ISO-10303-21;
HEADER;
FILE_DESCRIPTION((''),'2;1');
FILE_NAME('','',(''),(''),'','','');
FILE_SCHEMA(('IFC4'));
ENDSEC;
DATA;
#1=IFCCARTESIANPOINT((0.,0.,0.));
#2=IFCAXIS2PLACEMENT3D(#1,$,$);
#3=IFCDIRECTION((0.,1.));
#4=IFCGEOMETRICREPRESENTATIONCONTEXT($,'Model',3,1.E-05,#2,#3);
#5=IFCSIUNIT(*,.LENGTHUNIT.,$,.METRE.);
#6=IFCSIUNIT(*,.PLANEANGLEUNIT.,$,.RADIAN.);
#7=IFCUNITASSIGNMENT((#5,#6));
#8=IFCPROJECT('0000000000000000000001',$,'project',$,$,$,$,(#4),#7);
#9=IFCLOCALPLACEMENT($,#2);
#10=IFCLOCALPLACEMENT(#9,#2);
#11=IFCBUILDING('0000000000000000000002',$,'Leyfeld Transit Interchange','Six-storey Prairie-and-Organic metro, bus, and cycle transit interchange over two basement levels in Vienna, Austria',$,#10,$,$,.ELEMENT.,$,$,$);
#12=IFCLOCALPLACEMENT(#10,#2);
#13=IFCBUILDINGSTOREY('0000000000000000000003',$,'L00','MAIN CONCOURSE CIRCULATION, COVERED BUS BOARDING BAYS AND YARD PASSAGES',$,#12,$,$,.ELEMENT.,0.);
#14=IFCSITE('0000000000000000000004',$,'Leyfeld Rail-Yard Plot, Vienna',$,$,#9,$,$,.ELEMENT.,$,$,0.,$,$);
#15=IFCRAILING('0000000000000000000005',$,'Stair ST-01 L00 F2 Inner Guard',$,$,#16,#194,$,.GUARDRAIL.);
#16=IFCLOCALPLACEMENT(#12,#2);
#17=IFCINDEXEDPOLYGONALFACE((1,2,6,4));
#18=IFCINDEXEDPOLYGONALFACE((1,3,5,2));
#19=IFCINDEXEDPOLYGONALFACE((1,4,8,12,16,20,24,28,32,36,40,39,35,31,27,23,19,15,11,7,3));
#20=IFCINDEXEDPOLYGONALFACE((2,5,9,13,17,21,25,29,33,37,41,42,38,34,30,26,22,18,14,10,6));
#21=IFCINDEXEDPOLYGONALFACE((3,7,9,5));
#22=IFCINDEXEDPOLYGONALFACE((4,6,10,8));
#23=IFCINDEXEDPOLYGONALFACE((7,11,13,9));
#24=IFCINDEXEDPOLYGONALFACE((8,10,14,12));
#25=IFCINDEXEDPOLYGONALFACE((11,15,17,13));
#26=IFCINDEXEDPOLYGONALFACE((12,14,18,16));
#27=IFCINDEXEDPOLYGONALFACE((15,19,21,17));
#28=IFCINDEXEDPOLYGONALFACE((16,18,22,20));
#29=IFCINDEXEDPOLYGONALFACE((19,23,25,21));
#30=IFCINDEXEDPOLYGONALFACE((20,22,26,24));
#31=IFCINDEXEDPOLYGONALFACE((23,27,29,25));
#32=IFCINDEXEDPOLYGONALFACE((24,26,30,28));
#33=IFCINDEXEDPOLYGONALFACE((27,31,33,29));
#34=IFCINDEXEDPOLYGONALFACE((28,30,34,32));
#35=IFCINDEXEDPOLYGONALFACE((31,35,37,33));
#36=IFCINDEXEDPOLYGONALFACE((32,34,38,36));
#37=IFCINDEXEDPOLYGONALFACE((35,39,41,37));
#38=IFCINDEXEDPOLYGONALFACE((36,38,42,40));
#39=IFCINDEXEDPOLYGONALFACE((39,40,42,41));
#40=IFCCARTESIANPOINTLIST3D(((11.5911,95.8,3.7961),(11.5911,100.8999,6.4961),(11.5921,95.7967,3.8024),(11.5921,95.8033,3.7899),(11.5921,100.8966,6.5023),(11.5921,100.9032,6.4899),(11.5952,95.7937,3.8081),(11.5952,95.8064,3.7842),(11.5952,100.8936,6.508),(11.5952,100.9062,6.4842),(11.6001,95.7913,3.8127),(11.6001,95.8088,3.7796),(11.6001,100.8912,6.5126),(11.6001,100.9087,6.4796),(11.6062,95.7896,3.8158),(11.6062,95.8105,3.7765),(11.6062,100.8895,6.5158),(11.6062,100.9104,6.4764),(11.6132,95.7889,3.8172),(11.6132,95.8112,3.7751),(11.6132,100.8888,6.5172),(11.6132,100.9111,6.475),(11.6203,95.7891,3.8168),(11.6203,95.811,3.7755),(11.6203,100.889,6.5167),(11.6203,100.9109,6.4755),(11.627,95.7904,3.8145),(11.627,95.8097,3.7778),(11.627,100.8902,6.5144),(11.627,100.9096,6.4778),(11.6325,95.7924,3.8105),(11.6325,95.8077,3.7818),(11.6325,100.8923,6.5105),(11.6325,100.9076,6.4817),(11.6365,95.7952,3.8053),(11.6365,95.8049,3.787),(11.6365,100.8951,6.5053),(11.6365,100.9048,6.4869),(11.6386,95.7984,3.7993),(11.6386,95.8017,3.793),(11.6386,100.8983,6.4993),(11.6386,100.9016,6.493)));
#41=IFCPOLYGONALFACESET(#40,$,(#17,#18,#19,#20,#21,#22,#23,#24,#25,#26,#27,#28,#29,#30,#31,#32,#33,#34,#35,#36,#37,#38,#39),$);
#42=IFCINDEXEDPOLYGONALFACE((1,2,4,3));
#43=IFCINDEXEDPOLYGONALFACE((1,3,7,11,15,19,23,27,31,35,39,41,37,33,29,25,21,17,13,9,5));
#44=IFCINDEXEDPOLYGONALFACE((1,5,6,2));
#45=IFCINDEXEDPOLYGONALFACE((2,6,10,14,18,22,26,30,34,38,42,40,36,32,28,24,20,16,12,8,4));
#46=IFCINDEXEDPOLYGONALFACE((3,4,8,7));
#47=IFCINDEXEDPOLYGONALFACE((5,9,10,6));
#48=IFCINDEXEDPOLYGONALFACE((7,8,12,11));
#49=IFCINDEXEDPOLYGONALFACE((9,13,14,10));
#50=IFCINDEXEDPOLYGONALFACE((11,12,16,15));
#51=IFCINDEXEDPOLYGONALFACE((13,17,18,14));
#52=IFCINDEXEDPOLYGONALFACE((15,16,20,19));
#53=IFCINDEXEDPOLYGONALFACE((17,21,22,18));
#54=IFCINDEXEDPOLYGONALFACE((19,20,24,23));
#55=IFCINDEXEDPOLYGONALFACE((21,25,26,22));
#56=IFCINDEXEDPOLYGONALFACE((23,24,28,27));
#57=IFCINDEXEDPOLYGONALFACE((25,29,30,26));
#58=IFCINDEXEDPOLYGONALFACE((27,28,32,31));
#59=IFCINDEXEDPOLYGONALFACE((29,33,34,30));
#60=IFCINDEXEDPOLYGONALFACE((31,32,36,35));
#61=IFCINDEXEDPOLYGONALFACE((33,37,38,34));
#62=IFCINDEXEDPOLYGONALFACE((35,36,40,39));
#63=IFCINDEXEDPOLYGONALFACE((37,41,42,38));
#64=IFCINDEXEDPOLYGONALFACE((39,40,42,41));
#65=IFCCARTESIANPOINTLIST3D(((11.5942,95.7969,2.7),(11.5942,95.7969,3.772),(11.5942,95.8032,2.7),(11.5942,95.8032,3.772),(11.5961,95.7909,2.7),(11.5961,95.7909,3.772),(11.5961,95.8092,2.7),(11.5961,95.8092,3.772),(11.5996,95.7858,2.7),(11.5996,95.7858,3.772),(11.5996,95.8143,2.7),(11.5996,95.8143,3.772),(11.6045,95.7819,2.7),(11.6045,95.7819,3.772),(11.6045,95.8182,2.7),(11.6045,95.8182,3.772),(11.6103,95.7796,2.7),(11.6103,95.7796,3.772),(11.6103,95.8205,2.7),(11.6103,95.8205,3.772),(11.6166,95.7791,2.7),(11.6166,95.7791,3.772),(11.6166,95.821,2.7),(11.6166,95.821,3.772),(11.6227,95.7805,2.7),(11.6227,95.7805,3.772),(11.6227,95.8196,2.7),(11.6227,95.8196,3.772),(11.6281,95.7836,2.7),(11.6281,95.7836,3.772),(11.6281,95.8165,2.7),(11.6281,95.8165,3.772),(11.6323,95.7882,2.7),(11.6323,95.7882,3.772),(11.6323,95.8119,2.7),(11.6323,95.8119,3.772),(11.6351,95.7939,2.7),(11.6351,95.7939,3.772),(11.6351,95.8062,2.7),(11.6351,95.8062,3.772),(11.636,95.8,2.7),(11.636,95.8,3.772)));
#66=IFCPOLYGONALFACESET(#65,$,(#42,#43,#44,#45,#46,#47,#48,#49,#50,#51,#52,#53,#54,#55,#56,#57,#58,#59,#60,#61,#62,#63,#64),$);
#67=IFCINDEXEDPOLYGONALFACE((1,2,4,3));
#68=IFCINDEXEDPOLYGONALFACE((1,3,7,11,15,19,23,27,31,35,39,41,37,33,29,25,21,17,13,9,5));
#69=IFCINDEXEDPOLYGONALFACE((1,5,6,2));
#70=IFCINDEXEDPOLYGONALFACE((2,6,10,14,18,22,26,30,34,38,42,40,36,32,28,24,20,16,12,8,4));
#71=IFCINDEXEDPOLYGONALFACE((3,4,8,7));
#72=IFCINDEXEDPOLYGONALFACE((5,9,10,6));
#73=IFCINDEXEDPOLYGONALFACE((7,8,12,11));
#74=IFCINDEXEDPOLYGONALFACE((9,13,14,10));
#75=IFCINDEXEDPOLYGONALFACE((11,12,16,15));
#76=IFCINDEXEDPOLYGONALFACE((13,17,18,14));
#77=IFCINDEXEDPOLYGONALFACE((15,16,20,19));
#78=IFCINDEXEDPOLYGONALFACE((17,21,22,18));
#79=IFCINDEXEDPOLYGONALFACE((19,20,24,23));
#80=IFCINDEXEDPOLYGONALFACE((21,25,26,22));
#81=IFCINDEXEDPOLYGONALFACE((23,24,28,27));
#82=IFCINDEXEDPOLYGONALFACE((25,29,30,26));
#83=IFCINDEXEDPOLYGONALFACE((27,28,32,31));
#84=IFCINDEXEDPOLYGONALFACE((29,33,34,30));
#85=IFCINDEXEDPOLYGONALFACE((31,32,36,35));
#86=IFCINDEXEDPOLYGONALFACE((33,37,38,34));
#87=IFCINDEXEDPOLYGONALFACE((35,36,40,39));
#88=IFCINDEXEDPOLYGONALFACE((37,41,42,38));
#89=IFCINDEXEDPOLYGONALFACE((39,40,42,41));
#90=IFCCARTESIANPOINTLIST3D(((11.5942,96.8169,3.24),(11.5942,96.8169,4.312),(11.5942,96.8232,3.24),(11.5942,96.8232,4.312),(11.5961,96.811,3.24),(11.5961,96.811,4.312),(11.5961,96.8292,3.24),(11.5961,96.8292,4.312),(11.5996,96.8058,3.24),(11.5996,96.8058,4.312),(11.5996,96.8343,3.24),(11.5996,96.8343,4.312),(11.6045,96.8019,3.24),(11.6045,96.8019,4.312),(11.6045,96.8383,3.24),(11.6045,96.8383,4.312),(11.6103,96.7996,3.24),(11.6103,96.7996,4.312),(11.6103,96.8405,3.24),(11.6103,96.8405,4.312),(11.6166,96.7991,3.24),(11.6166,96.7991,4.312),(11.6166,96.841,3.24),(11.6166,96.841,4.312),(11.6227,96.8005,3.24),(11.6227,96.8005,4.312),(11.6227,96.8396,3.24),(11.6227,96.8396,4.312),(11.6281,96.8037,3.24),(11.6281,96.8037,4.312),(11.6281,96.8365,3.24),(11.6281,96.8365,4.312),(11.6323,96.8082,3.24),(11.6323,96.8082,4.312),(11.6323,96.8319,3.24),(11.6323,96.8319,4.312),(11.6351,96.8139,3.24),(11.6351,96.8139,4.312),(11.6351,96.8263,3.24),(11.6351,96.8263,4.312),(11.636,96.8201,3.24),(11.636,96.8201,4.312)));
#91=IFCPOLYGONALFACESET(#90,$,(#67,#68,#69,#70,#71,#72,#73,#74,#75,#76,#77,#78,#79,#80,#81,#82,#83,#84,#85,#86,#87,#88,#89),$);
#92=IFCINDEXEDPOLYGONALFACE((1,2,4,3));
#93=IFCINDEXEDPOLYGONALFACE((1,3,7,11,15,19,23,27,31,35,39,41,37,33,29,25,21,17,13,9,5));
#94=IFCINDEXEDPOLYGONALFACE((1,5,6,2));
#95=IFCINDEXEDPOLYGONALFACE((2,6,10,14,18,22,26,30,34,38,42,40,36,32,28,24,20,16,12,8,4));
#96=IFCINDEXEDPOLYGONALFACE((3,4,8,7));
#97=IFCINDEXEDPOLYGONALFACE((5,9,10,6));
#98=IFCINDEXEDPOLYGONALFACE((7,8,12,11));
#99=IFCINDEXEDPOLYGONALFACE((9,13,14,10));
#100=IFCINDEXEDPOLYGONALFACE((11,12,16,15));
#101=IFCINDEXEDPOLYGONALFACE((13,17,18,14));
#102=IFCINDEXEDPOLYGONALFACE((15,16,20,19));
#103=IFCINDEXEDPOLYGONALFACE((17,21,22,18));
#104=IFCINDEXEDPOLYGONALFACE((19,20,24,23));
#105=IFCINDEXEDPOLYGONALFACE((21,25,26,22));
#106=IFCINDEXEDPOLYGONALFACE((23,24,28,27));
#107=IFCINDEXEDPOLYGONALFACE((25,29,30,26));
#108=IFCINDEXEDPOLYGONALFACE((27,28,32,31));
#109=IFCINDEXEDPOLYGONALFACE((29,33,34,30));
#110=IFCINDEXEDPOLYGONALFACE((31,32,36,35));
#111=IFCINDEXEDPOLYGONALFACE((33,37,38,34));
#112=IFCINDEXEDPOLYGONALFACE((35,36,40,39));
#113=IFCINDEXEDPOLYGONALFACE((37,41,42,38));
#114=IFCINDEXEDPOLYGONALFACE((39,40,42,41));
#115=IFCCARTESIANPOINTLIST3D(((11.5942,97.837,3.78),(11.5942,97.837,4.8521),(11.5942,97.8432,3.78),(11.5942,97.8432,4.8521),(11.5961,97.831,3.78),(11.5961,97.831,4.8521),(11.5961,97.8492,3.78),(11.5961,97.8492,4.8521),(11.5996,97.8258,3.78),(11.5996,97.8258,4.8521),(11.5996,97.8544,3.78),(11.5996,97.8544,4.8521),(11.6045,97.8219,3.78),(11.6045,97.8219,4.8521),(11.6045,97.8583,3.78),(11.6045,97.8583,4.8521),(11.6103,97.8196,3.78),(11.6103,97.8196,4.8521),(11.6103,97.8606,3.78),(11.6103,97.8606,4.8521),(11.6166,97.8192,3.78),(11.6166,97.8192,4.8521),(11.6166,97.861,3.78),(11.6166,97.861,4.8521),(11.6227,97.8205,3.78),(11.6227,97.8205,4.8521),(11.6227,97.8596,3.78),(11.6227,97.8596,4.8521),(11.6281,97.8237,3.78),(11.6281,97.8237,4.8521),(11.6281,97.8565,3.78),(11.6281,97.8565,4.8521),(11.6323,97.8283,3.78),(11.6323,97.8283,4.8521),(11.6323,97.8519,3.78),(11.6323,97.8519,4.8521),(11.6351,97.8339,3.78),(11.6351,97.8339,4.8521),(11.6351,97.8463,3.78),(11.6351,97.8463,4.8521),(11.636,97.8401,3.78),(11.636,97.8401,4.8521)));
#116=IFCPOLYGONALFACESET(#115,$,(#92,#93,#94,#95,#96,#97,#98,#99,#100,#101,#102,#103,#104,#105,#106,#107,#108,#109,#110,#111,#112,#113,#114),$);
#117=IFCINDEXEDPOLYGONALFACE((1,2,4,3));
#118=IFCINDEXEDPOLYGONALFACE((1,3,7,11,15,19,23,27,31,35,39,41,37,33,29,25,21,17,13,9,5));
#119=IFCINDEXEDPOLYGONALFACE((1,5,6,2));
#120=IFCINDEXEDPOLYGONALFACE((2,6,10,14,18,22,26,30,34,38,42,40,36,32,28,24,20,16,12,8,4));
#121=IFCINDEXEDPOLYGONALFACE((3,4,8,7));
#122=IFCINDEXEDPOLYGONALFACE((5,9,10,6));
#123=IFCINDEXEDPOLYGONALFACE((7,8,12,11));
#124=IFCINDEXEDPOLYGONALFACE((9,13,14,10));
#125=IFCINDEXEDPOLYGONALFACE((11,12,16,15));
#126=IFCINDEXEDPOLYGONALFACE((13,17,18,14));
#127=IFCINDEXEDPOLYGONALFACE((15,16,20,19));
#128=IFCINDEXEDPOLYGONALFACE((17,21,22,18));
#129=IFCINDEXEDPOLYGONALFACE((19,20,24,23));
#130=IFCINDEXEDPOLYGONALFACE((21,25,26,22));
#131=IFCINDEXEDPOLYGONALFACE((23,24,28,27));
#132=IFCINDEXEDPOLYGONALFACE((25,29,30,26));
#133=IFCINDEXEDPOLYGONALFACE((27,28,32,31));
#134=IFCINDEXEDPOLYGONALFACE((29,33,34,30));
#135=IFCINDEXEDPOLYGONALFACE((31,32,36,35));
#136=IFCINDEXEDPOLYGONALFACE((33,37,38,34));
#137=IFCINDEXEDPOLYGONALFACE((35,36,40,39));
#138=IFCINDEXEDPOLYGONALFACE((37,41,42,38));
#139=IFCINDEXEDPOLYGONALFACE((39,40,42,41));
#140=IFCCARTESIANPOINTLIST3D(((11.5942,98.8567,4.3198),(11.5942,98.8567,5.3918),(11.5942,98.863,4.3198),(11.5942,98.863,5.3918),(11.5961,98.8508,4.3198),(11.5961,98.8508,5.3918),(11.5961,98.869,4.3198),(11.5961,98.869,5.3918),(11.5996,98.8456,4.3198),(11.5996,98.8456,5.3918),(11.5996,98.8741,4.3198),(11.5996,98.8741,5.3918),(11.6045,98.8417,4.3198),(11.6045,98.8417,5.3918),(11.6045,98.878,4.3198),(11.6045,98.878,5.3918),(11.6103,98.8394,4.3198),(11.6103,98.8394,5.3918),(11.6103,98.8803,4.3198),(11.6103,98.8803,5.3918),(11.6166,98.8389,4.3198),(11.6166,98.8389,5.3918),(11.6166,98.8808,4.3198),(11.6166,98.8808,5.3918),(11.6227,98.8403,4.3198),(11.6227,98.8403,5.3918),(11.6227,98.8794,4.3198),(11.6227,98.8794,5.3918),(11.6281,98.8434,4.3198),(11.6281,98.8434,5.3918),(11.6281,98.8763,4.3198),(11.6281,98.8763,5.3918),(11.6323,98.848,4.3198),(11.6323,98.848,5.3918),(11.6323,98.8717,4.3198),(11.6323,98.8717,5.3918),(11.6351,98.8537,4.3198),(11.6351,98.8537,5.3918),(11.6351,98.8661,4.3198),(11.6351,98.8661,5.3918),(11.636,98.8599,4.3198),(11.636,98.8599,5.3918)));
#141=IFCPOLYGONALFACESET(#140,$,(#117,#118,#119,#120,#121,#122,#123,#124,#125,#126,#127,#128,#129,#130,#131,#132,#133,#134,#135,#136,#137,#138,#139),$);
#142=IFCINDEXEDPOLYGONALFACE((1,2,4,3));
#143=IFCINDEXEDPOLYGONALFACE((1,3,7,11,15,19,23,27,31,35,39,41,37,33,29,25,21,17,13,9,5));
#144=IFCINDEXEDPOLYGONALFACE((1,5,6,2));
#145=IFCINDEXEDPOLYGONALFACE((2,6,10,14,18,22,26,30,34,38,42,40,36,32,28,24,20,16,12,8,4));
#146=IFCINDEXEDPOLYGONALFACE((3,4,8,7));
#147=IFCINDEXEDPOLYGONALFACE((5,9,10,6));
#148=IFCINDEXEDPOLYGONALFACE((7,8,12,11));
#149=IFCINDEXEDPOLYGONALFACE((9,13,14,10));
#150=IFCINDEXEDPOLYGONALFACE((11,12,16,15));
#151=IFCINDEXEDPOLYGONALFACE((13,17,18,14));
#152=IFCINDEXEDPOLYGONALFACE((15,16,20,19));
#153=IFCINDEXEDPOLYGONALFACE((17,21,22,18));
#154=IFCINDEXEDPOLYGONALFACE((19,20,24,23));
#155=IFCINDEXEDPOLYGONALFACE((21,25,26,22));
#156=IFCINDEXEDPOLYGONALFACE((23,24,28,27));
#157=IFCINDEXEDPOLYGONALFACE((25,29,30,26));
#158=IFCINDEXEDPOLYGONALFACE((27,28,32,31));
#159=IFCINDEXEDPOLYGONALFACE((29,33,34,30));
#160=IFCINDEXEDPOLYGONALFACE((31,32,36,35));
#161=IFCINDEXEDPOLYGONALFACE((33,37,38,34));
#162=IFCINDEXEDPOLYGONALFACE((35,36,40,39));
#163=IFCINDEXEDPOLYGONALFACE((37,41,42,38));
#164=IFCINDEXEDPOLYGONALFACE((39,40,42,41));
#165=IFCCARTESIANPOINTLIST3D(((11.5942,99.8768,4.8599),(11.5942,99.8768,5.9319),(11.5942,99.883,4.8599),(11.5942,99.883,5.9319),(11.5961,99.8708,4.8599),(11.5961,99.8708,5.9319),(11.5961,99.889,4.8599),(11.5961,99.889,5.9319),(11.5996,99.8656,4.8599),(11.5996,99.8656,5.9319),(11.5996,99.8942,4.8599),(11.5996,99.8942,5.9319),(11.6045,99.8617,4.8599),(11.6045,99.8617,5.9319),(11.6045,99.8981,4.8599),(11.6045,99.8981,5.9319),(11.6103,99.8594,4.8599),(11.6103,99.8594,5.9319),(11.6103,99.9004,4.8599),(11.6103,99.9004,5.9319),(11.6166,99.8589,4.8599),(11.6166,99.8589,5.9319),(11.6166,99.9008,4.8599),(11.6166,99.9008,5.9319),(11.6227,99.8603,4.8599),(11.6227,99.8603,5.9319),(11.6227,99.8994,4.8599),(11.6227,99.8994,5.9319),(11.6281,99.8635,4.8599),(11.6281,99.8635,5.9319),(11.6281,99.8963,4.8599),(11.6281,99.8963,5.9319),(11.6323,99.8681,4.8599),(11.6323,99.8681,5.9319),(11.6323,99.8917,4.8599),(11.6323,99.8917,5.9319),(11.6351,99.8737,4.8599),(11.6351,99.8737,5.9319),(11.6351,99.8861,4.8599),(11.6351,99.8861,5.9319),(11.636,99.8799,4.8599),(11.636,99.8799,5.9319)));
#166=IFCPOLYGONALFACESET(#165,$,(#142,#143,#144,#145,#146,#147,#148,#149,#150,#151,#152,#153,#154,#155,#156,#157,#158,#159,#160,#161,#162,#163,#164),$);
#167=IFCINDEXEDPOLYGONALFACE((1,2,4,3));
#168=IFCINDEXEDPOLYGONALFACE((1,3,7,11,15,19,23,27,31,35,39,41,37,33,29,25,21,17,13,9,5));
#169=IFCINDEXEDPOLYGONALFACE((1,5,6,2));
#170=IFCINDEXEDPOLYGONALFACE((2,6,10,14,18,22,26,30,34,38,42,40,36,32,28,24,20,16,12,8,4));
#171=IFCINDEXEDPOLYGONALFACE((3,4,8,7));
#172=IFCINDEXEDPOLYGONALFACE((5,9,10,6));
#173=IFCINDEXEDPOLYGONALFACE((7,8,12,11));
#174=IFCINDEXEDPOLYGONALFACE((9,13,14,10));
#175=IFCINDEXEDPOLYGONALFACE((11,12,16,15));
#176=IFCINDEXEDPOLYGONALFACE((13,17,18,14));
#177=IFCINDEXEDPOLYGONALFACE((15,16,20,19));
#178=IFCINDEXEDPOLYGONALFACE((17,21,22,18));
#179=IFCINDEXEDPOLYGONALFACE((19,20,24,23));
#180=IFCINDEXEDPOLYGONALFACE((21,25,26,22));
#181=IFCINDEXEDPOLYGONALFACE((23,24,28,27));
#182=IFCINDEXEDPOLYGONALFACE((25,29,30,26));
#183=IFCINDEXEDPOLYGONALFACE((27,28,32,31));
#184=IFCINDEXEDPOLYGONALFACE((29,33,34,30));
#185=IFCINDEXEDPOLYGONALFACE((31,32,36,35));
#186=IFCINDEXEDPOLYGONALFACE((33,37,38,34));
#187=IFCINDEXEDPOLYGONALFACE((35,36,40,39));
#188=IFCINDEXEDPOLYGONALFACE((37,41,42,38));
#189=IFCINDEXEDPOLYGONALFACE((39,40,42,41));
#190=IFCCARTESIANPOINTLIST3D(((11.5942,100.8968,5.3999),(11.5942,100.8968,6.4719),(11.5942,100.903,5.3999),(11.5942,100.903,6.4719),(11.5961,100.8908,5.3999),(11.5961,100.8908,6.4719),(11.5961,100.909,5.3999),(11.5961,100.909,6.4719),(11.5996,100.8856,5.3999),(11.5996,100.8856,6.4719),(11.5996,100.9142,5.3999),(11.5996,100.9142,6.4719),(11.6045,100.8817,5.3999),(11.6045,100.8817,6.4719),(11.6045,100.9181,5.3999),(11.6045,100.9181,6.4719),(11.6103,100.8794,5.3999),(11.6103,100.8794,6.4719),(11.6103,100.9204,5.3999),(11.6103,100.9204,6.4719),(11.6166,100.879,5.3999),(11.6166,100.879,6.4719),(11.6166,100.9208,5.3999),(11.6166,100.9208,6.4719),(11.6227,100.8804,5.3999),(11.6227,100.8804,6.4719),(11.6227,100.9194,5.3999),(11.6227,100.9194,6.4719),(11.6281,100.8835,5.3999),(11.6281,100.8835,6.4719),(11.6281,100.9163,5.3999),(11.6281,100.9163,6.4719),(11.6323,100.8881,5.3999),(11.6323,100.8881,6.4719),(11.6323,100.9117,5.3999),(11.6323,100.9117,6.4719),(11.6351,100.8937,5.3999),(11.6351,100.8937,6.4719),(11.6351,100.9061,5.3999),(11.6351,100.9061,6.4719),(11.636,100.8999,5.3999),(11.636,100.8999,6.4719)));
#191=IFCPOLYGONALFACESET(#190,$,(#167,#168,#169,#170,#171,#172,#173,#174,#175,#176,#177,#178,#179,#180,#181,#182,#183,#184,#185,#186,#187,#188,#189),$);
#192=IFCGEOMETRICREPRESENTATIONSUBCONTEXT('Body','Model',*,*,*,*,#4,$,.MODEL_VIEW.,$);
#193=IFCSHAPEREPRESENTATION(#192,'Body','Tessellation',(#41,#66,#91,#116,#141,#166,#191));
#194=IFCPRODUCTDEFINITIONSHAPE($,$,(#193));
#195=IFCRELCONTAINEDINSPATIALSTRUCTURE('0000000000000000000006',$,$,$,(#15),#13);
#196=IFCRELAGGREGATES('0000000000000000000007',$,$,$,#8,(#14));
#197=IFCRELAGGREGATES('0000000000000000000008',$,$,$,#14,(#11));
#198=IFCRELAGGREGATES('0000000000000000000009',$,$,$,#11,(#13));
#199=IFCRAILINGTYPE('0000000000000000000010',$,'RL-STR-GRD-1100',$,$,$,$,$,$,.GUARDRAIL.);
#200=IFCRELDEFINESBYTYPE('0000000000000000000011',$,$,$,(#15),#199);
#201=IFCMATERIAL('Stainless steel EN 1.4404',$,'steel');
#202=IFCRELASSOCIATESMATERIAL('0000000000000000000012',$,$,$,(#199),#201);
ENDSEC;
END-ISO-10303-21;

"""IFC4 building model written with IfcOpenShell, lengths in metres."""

from ifc_helpers import new_model, si_unit, direction, frame, origin, origin_2d, place, context, subcontext, project, spatial, circle, extrude, material, type_object, element, save


model = new_model("IFC4")

# Units and contexts
model_context = context("Model", 3, precision=1e-05, world=origin(), true_north=direction((0.0, 1.0)))
body_context = subcontext(model_context, "Body", "Model", "MODEL_VIEW")
ifc_project = project(units=[si_unit("LENGTHUNIT", "METRE"), si_unit("PLANEANGLEUNIT", "RADIAN")], contexts=[model_context])

# Site, building, storey
site_placement = place(None, origin())
site = spatial("IfcSite", under=ifc_project, at=site_placement, Name="Leyfeld Rail-Yard Plot, Vienna", CompositionType="ELEMENT", RefElevation=0.0)
building_placement = place(site_placement, origin())
building = spatial("IfcBuilding", under=site, at=building_placement, Name="Leyfeld Transit Interchange", Description="Six-storey Prairie-and-Organic metro, bus, and cycle transit interchange over two basement levels in Vienna, Austria", CompositionType="ELEMENT")
storey_placement = place(building_placement, origin())
storey = spatial("IfcBuildingStorey", under=building, at=storey_placement, Name="L00", Description="MAIN CONCOURSE CIRCULATION, COVERED BUS BOARDING BAYS AND YARD PASSAGES", CompositionType="ELEMENT", Elevation=0.0)

# Railing
ifc_material_1 = material(Name="Stainless steel EN 1.4404", Category="steel")
railing_type_1 = type_object("IfcRailingType", Name="RL-STR-GRD-1100", PredefinedType="GUARDRAIL", material=ifc_material_1)
for number, where, name in (
    (1, (11.615, 95.8, 2.7), "Stair ST-01 L00 F2 Inner Guard"),
):
    element("IfcRailing", number, at=place(storey_placement, frame(where)), inside=storey, type_object=railing_type_1, Name=name, PredefinedType="GUARDRAIL", context=body_context, shape_type="SweptSolid", body=[
        extrude(circle(Radius=0.0239, at=origin_2d()), frame((0.0, 0.0, 1.0962), z_axis=(0.0, 0.883786, 0.467892), x_axis=(-1.0, 0.0, 0.0)), (0.0, 0.0, 1.0), 5.7705),
        extrude(circle(Radius=0.021, at=origin_2d()), origin(), (0.0, 0.0, 1.0), 1.072),
        extrude(circle(Radius=0.021, at=origin_2d()), frame((0.0, 1.02, 0.54)), (0.0, 0.0, 1.0), 1.072),
        extrude(circle(Radius=0.021, at=origin_2d()), frame((0.0, 2.04, 1.0801)), (0.0, 0.0, 1.0), 1.072),
        extrude(circle(Radius=0.021, at=origin_2d()), frame((0.0, 3.0598, 1.6199)), (0.0, 0.0, 1.0), 1.072),
        extrude(circle(Radius=0.021, at=origin_2d()), frame((0.0, 4.0798, 2.1599)), (0.0, 0.0, 1.0), 1.072),
        extrude(circle(Radius=0.021, at=origin_2d()), frame((0.0, 5.0999, 2.7)), (0.0, 0.0, 1.0), 1.072),
    ])

save(model, "model.ifc")
